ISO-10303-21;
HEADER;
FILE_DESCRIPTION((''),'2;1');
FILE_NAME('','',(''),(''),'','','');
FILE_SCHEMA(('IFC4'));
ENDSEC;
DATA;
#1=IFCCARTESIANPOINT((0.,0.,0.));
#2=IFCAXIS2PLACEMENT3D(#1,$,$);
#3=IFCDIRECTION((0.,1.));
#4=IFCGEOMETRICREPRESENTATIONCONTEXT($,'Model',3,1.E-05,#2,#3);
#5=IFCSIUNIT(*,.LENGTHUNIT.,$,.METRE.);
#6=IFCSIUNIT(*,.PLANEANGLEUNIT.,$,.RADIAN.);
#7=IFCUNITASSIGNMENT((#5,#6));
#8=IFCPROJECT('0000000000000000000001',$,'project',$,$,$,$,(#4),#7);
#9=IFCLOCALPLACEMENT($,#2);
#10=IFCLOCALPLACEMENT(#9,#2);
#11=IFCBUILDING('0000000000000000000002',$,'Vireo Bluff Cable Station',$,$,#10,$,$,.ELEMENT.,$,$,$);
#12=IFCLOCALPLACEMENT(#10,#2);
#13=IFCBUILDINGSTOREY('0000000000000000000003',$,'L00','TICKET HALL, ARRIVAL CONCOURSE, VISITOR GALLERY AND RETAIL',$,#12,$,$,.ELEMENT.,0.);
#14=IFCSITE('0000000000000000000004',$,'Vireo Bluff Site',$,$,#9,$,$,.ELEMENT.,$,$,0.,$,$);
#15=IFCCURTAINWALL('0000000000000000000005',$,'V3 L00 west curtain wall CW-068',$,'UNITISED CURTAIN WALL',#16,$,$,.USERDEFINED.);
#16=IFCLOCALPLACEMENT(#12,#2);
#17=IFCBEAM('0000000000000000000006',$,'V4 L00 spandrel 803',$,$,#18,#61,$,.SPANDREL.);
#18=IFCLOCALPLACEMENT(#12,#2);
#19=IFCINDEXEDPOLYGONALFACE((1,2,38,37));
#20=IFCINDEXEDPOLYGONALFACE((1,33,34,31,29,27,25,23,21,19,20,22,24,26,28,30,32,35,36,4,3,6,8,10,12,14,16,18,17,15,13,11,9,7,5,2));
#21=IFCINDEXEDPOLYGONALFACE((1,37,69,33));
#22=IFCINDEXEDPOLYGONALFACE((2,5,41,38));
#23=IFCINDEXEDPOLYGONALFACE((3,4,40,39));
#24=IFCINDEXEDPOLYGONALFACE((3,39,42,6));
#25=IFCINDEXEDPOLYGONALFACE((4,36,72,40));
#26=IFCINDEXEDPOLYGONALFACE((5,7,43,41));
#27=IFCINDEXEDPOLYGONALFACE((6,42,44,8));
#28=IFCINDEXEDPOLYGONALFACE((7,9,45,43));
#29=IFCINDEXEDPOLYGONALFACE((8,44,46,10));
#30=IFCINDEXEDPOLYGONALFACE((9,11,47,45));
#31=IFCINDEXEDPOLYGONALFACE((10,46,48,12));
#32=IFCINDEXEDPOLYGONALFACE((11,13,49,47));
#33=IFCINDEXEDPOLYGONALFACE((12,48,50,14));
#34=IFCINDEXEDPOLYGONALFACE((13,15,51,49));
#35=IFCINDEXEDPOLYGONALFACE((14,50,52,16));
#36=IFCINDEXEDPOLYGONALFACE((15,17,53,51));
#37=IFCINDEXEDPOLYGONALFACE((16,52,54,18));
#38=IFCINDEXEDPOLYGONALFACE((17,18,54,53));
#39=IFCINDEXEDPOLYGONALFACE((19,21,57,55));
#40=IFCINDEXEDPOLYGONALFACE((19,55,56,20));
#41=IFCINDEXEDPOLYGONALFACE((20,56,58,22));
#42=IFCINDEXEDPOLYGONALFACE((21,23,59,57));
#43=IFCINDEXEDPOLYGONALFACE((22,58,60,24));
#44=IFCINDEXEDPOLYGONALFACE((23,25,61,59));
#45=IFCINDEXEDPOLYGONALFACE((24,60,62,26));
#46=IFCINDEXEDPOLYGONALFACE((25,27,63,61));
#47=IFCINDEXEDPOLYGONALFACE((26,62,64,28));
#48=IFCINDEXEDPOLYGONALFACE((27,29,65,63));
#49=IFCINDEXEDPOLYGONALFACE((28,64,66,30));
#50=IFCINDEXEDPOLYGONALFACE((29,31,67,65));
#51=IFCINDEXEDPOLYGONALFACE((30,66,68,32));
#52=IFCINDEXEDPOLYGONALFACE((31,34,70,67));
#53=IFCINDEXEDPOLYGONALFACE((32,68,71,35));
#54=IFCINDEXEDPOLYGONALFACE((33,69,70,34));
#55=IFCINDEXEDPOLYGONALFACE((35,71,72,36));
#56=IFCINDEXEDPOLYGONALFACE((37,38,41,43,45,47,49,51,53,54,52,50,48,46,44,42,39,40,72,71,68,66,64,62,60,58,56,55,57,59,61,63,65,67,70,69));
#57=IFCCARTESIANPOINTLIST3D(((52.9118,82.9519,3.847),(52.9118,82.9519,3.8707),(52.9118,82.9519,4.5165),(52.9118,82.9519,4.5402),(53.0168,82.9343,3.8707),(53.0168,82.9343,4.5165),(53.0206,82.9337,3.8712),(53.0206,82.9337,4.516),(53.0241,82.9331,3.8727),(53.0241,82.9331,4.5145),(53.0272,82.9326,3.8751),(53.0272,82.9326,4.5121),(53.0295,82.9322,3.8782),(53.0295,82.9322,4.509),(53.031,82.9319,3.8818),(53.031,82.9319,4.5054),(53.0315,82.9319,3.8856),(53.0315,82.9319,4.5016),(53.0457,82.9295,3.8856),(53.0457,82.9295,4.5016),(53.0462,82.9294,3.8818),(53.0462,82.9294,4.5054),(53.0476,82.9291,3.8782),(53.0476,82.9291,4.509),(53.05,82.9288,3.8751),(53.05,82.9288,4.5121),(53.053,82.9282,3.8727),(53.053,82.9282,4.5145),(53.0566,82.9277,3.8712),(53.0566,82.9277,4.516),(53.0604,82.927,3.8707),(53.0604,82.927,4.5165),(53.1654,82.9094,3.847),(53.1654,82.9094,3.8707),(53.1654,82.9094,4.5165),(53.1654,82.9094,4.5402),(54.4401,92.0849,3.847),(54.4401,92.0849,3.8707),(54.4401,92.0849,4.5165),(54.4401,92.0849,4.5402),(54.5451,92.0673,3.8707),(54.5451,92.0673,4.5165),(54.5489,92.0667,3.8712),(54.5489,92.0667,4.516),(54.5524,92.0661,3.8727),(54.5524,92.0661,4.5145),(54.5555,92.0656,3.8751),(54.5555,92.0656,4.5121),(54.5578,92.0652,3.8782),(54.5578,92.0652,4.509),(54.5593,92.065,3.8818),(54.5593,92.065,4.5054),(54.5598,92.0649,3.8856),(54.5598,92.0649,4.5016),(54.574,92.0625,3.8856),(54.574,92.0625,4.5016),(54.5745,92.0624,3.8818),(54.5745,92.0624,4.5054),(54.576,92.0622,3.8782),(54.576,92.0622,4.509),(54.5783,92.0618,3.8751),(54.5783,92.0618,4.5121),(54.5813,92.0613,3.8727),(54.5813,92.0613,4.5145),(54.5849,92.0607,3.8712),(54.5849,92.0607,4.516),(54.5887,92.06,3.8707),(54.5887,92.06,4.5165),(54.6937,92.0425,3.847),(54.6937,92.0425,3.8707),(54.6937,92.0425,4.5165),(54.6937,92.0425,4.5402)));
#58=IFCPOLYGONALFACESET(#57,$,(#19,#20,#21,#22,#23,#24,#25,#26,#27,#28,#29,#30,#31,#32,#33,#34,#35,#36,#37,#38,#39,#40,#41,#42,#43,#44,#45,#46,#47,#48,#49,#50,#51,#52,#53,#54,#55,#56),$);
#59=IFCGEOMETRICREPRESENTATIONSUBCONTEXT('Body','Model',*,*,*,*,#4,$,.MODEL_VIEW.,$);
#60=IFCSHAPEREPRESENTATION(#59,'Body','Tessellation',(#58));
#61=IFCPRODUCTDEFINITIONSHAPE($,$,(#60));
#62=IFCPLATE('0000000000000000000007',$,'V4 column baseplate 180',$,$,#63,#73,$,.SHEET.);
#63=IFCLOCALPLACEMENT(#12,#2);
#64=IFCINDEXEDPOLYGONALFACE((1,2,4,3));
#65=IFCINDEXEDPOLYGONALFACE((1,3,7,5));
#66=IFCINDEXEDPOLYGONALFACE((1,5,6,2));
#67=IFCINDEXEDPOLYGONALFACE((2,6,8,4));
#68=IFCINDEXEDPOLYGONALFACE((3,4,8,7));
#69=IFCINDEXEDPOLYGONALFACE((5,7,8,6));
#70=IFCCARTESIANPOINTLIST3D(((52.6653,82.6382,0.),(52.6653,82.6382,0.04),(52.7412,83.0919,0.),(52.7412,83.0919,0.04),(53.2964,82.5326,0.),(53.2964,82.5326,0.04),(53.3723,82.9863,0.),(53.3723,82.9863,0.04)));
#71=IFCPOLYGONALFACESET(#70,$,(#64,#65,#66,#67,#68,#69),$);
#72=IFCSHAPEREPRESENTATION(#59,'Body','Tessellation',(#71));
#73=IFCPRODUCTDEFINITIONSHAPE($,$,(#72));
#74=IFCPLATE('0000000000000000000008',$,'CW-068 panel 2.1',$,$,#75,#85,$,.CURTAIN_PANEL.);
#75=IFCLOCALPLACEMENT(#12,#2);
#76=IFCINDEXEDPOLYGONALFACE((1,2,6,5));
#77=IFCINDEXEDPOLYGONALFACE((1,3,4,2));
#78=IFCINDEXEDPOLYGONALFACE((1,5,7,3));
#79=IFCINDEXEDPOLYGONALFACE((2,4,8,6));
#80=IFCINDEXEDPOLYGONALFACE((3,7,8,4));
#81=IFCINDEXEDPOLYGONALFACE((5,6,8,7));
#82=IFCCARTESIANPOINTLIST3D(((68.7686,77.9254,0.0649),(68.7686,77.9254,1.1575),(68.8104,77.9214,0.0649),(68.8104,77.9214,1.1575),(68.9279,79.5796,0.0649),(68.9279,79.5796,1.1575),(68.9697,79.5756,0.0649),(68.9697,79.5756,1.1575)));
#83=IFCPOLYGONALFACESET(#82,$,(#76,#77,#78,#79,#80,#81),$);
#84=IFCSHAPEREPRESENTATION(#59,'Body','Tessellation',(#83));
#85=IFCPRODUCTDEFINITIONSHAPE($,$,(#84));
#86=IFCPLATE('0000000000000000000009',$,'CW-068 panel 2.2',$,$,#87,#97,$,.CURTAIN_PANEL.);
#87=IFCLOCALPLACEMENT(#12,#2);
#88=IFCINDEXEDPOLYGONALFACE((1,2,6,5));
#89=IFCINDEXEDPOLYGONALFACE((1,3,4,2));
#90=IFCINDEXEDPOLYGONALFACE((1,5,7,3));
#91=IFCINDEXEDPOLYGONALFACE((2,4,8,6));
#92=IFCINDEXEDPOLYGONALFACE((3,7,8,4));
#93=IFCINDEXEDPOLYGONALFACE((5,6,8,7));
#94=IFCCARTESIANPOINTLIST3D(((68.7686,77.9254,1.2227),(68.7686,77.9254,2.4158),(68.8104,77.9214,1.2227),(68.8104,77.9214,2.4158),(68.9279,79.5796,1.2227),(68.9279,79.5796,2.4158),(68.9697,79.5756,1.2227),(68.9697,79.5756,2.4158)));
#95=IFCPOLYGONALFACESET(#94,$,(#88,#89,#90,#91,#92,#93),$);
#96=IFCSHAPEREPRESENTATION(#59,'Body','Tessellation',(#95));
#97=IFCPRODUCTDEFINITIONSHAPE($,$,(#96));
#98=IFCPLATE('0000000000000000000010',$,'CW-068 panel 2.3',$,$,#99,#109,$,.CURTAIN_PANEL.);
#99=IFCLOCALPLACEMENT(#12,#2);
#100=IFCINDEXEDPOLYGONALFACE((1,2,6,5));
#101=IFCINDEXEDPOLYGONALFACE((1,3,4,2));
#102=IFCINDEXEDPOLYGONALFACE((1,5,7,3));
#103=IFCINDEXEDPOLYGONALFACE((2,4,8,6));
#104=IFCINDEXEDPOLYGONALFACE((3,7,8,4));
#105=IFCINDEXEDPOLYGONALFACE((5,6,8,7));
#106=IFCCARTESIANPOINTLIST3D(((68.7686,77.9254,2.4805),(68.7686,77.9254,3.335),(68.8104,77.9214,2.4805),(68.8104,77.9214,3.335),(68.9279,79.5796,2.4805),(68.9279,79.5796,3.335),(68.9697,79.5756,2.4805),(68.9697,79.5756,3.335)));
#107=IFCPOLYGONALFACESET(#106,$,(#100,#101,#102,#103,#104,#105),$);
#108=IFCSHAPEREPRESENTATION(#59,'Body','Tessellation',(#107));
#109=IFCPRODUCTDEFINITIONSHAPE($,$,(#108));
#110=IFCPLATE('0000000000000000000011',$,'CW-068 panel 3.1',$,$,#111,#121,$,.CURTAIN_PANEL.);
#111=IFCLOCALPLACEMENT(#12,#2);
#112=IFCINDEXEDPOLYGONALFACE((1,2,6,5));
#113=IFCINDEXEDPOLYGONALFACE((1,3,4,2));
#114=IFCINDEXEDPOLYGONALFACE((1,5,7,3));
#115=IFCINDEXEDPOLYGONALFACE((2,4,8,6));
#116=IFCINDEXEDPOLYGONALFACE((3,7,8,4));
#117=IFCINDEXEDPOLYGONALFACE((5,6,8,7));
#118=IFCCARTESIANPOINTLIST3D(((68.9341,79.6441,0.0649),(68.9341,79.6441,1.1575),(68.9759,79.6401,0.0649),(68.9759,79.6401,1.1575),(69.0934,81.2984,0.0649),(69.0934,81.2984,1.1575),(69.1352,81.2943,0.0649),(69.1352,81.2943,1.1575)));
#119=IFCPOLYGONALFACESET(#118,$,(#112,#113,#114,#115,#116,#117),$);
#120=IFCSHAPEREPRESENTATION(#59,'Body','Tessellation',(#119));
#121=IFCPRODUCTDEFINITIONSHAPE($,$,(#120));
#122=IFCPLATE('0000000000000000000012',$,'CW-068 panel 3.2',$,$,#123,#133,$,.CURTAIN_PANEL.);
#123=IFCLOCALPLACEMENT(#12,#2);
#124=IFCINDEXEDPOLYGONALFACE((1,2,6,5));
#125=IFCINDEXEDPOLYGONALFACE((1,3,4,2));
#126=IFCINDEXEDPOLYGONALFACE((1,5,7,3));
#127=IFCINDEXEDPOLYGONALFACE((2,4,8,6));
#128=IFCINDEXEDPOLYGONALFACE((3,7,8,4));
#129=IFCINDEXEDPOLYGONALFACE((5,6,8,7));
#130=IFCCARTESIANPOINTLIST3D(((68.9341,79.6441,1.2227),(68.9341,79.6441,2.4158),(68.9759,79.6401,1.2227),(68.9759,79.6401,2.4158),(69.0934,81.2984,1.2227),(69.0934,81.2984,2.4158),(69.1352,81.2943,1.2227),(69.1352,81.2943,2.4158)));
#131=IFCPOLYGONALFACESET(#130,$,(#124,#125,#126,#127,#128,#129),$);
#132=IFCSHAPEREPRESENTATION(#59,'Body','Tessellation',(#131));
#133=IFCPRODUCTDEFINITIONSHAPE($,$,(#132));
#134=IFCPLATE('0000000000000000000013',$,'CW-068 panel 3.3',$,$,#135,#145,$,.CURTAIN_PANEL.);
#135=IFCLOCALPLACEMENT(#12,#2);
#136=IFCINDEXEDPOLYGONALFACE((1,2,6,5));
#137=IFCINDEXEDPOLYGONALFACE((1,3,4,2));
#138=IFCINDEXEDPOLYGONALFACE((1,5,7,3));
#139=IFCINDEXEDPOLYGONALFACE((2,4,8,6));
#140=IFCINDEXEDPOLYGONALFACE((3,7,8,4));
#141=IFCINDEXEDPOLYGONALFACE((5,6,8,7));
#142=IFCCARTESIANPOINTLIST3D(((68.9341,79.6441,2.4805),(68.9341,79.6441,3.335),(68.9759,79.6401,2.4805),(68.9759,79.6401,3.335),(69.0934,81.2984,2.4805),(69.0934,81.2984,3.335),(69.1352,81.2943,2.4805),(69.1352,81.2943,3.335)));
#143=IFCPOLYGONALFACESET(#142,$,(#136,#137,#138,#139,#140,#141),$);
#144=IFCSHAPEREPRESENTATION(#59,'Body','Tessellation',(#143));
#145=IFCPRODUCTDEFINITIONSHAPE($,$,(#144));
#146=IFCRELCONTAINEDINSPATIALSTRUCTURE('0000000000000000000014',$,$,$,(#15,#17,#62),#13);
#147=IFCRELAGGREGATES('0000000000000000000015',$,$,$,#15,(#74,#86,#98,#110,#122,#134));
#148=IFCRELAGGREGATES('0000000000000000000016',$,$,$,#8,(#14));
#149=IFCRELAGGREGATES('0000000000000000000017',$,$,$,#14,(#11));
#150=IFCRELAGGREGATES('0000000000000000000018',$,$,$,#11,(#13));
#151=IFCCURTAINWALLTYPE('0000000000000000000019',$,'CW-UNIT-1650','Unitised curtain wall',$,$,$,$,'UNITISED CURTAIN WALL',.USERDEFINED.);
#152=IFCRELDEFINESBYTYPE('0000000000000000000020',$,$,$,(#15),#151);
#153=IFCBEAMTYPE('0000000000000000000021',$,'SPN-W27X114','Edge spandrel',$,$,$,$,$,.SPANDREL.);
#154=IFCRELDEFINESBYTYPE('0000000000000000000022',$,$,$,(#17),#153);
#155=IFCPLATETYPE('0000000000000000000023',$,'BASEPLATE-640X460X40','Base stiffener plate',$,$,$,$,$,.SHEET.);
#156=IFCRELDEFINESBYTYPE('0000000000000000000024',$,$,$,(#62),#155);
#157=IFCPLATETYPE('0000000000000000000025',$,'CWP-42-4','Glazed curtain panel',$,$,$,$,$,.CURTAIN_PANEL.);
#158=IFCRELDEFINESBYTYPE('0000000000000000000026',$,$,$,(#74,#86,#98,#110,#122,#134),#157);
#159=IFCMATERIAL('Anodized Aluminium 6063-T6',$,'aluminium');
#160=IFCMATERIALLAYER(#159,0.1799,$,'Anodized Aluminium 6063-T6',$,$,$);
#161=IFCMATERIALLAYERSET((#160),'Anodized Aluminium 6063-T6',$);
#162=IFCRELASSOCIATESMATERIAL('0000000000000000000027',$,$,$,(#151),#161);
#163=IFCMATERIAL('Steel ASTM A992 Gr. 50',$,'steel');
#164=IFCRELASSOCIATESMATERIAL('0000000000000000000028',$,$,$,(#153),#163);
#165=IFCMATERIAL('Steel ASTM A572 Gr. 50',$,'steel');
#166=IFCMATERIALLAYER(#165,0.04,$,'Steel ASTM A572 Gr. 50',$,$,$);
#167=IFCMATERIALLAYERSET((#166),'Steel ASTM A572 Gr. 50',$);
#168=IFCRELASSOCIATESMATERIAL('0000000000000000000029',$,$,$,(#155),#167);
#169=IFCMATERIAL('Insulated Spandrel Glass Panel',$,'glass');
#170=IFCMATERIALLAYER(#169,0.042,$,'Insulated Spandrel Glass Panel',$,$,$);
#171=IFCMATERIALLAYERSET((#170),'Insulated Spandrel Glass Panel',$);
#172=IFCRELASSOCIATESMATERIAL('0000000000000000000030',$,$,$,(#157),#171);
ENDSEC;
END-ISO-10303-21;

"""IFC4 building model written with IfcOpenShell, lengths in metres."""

from ifc_helpers import new_model, si_unit, direction, frame, origin, origin_2d, place, context, subcontext, project, spatial, rectangle, i_section, extrude, material, layer, layer_set, material_profile, profile_set, type_object, element, aggregate, save


model = new_model("IFC4")

# Units and contexts
model_context = context("Model", 3, precision=1e-05, world=origin(), true_north=direction((0.0, 1.0)))
body_context = subcontext(model_context, "Body", "Model", "MODEL_VIEW")
ifc_project = project(units=[si_unit("LENGTHUNIT", "METRE"), si_unit("PLANEANGLEUNIT", "RADIAN")], contexts=[model_context])

# Site, building, storey
site_placement = place(None, origin())
site = spatial("IfcSite", under=ifc_project, at=site_placement, Name="Vireo Bluff Site", CompositionType="ELEMENT", RefElevation=0.0)
building_placement = place(site_placement, origin())
building = spatial("IfcBuilding", under=site, at=building_placement, Name="Vireo Bluff Cable Station", CompositionType="ELEMENT")
storey_placement = place(building_placement, origin())
storey = spatial("IfcBuildingStorey", under=building, at=storey_placement, Name="L00", Description="TICKET HALL, ARRIVAL CONCOURSE, VISITOR GALLERY AND RETAIL", CompositionType="ELEMENT", Elevation=0.0)

# Shared definitions
ifc_material_1 = material(Name="Steel ASTM A992 Gr. 50", Category="steel")

# Curtain wall
ifc_material_2 = material(Name="Anodized Aluminium 6063-T6", Category="aluminium")
ifc_layer_1 = layer(ifc_material_2, 0.1799, Name="Anodized Aluminium 6063-T6")
ifc_layer_set_1 = layer_set([ifc_layer_1], Name="Anodized Aluminium 6063-T6")
curtain_wall_type = type_object("IfcCurtainWallType", Name="CW-UNIT-1650", Description="Unitised curtain wall", ElementType="UNITISED CURTAIN WALL", PredefinedType="USERDEFINED", material=ifc_layer_set_1)
curtain_wall_placement = place(storey_placement, origin())
curtain_wall = element("IfcCurtainWall", 1, at=curtain_wall_placement, inside=storey, type_object=curtain_wall_type, Name="V3 L00 west curtain wall CW-068", ObjectType="UNITISED CURTAIN WALL", PredefinedType="USERDEFINED")

# Beam
ifc_material_profile_1 = material_profile(ifc_material_1, i_section(OverallWidth=0.2571, OverallDepth=0.6931, WebThickness=0.0144, FlangeThickness=0.0237, FilletRadius=0.0149, at=origin_2d()), Name="W27X114")
ifc_profile_set_1 = profile_set([ifc_material_profile_1], Name="Steel ASTM A992 Gr. 50")
beam_type_1 = type_object("IfcBeamType", Name="SPN-W27X114", Description="Edge spandrel", PredefinedType="SPANDREL", material=ifc_profile_set_1)
beam_1_placement = place(storey_placement, frame((53.0386, 82.9307, 4.1936), z_axis=(0.165045, 0.986286, 0.0), x_axis=(-0.986286, 0.165045, 0.0)))
element("IfcBeam", 2, at=beam_1_placement, inside=storey, type_object=beam_type_1, Name="V4 L00 spandrel 803", PredefinedType="SPANDREL", context=body_context, shape_type="SweptSolid", body=[
    extrude(i_section(OverallWidth=0.2571, OverallDepth=0.6931, WebThickness=0.0144, FlangeThickness=0.0237, FilletRadius=0.0149, at=origin_2d()), origin(), (0.0, 0.0, 1.0), 9.26),
])

# Plates
ifc_material_3 = material(Name="Steel ASTM A572 Gr. 50", Category="steel")
ifc_layer_2 = layer(ifc_material_3, 0.04, Name="Steel ASTM A572 Gr. 50")
ifc_layer_set_2 = layer_set([ifc_layer_2], Name="Steel ASTM A572 Gr. 50")
plate_type_1 = type_object("IfcPlateType", Name="BASEPLATE-640X460X40", Description="Base stiffener plate", PredefinedType="SHEET", material=ifc_layer_set_2)
plate_1_placement = place(storey_placement, frame((53.0188, 82.8123, 0.0), z_axis=(0.0, 0.0, 1.0), x_axis=(0.986286, -0.165048, 0.0)))
element("IfcPlate", 3, at=plate_1_placement, inside=storey, type_object=plate_type_1, Name="V4 column baseplate 180", PredefinedType="SHEET", context=body_context, shape_type="SweptSolid", body=[
    extrude(rectangle(XDim=0.6399, YDim=0.46, at=origin_2d()), origin(), (0.0, 0.0, 1.0), 0.04),
])
ifc_material_4 = material(Name="Insulated Spandrel Glass Panel", Category="glass")
ifc_layer_3 = layer(ifc_material_4, 0.042, Name="Insulated Spandrel Glass Panel")
ifc_layer_set_3 = layer_set([ifc_layer_3], Name="Insulated Spandrel Glass Panel")
plate_type_2 = type_object("IfcPlateType", Name="CWP-42-4", Description="Glazed curtain panel", PredefinedType="CURTAIN_PANEL", material=ifc_layer_set_3)
plate_2_placement = place(storey_placement, frame((68.8691, 78.7505, 0.0649), z_axis=(0.0, 0.0, 1.0), x_axis=(0.095846, 0.995396, 0.0)))
plate_2 = element("IfcPlate", 4, at=plate_2_placement, type_object=plate_type_2, Name="CW-068 panel 2.1", PredefinedType="CURTAIN_PANEL", context=body_context, shape_type="SweptSolid", body=[
    extrude(rectangle(XDim=1.6619, YDim=0.042, at=origin_2d()), origin(), (0.0, 0.0, 1.0), 1.0925),
])
plate_3_placement = place(storey_placement, frame((68.8691, 78.7505, 1.2227), z_axis=(0.0, 0.0, 1.0), x_axis=(0.095846, 0.995396, 0.0)))
plate_3 = element("IfcPlate", 5, at=plate_3_placement, type_object=plate_type_2, Name="CW-068 panel 2.2", PredefinedType="CURTAIN_PANEL", context=body_context, shape_type="SweptSolid", body=[
    extrude(rectangle(XDim=1.6619, YDim=0.042, at=origin_2d()), origin(), (0.0, 0.0, 1.0), 1.1931),
])
plate_4_placement = place(storey_placement, frame((68.8691, 78.7505, 2.4805), z_axis=(0.0, 0.0, 1.0), x_axis=(0.095846, 0.995396, 0.0)))
plate_4 = element("IfcPlate", 6, at=plate_4_placement, type_object=plate_type_2, Name="CW-068 panel 2.3", PredefinedType="CURTAIN_PANEL", context=body_context, shape_type="SweptSolid", body=[
    extrude(rectangle(XDim=1.6619, YDim=0.042, at=origin_2d()), origin(), (0.0, 0.0, 1.0), 0.8545),
])
plate_5_placement = place(storey_placement, frame((69.0347, 80.4692, 0.0649), z_axis=(0.0, 0.0, 1.0), x_axis=(0.095846, 0.995396, 0.0)))
plate_5 = element("IfcPlate", 7, at=plate_5_placement, type_object=plate_type_2, Name="CW-068 panel 3.1", PredefinedType="CURTAIN_PANEL", context=body_context, shape_type="SweptSolid", body=[
    extrude(rectangle(XDim=1.6619, YDim=0.042, at=origin_2d()), origin(), (0.0, 0.0, 1.0), 1.0925),
])
plate_6_placement = place(storey_placement, frame((69.0347, 80.4692, 1.2227), z_axis=(0.0, 0.0, 1.0), x_axis=(0.095846, 0.995396, 0.0)))
plate_6 = element("IfcPlate", 8, at=plate_6_placement, type_object=plate_type_2, Name="CW-068 panel 3.2", PredefinedType="CURTAIN_PANEL", context=body_context, shape_type="SweptSolid", body=[
    extrude(rectangle(XDim=1.6619, YDim=0.042, at=origin_2d()), origin(), (0.0, 0.0, 1.0), 1.1931),
])
plate_7_placement = place(storey_placement, frame((69.0347, 80.4692, 2.4805), z_axis=(0.0, 0.0, 1.0), x_axis=(0.095846, 0.995396, 0.0)))
plate_7 = element("IfcPlate", 9, at=plate_7_placement, type_object=plate_type_2, Name="CW-068 panel 3.3", PredefinedType="CURTAIN_PANEL", context=body_context, shape_type="SweptSolid", body=[
    extrude(rectangle(XDim=1.6619, YDim=0.042, at=origin_2d()), origin(), (0.0, 0.0, 1.0), 0.8545),
])
aggregate(curtain_wall, [plate_2, plate_3, plate_4, plate_5, plate_6, plate_7])

save(model, "model.ifc")
